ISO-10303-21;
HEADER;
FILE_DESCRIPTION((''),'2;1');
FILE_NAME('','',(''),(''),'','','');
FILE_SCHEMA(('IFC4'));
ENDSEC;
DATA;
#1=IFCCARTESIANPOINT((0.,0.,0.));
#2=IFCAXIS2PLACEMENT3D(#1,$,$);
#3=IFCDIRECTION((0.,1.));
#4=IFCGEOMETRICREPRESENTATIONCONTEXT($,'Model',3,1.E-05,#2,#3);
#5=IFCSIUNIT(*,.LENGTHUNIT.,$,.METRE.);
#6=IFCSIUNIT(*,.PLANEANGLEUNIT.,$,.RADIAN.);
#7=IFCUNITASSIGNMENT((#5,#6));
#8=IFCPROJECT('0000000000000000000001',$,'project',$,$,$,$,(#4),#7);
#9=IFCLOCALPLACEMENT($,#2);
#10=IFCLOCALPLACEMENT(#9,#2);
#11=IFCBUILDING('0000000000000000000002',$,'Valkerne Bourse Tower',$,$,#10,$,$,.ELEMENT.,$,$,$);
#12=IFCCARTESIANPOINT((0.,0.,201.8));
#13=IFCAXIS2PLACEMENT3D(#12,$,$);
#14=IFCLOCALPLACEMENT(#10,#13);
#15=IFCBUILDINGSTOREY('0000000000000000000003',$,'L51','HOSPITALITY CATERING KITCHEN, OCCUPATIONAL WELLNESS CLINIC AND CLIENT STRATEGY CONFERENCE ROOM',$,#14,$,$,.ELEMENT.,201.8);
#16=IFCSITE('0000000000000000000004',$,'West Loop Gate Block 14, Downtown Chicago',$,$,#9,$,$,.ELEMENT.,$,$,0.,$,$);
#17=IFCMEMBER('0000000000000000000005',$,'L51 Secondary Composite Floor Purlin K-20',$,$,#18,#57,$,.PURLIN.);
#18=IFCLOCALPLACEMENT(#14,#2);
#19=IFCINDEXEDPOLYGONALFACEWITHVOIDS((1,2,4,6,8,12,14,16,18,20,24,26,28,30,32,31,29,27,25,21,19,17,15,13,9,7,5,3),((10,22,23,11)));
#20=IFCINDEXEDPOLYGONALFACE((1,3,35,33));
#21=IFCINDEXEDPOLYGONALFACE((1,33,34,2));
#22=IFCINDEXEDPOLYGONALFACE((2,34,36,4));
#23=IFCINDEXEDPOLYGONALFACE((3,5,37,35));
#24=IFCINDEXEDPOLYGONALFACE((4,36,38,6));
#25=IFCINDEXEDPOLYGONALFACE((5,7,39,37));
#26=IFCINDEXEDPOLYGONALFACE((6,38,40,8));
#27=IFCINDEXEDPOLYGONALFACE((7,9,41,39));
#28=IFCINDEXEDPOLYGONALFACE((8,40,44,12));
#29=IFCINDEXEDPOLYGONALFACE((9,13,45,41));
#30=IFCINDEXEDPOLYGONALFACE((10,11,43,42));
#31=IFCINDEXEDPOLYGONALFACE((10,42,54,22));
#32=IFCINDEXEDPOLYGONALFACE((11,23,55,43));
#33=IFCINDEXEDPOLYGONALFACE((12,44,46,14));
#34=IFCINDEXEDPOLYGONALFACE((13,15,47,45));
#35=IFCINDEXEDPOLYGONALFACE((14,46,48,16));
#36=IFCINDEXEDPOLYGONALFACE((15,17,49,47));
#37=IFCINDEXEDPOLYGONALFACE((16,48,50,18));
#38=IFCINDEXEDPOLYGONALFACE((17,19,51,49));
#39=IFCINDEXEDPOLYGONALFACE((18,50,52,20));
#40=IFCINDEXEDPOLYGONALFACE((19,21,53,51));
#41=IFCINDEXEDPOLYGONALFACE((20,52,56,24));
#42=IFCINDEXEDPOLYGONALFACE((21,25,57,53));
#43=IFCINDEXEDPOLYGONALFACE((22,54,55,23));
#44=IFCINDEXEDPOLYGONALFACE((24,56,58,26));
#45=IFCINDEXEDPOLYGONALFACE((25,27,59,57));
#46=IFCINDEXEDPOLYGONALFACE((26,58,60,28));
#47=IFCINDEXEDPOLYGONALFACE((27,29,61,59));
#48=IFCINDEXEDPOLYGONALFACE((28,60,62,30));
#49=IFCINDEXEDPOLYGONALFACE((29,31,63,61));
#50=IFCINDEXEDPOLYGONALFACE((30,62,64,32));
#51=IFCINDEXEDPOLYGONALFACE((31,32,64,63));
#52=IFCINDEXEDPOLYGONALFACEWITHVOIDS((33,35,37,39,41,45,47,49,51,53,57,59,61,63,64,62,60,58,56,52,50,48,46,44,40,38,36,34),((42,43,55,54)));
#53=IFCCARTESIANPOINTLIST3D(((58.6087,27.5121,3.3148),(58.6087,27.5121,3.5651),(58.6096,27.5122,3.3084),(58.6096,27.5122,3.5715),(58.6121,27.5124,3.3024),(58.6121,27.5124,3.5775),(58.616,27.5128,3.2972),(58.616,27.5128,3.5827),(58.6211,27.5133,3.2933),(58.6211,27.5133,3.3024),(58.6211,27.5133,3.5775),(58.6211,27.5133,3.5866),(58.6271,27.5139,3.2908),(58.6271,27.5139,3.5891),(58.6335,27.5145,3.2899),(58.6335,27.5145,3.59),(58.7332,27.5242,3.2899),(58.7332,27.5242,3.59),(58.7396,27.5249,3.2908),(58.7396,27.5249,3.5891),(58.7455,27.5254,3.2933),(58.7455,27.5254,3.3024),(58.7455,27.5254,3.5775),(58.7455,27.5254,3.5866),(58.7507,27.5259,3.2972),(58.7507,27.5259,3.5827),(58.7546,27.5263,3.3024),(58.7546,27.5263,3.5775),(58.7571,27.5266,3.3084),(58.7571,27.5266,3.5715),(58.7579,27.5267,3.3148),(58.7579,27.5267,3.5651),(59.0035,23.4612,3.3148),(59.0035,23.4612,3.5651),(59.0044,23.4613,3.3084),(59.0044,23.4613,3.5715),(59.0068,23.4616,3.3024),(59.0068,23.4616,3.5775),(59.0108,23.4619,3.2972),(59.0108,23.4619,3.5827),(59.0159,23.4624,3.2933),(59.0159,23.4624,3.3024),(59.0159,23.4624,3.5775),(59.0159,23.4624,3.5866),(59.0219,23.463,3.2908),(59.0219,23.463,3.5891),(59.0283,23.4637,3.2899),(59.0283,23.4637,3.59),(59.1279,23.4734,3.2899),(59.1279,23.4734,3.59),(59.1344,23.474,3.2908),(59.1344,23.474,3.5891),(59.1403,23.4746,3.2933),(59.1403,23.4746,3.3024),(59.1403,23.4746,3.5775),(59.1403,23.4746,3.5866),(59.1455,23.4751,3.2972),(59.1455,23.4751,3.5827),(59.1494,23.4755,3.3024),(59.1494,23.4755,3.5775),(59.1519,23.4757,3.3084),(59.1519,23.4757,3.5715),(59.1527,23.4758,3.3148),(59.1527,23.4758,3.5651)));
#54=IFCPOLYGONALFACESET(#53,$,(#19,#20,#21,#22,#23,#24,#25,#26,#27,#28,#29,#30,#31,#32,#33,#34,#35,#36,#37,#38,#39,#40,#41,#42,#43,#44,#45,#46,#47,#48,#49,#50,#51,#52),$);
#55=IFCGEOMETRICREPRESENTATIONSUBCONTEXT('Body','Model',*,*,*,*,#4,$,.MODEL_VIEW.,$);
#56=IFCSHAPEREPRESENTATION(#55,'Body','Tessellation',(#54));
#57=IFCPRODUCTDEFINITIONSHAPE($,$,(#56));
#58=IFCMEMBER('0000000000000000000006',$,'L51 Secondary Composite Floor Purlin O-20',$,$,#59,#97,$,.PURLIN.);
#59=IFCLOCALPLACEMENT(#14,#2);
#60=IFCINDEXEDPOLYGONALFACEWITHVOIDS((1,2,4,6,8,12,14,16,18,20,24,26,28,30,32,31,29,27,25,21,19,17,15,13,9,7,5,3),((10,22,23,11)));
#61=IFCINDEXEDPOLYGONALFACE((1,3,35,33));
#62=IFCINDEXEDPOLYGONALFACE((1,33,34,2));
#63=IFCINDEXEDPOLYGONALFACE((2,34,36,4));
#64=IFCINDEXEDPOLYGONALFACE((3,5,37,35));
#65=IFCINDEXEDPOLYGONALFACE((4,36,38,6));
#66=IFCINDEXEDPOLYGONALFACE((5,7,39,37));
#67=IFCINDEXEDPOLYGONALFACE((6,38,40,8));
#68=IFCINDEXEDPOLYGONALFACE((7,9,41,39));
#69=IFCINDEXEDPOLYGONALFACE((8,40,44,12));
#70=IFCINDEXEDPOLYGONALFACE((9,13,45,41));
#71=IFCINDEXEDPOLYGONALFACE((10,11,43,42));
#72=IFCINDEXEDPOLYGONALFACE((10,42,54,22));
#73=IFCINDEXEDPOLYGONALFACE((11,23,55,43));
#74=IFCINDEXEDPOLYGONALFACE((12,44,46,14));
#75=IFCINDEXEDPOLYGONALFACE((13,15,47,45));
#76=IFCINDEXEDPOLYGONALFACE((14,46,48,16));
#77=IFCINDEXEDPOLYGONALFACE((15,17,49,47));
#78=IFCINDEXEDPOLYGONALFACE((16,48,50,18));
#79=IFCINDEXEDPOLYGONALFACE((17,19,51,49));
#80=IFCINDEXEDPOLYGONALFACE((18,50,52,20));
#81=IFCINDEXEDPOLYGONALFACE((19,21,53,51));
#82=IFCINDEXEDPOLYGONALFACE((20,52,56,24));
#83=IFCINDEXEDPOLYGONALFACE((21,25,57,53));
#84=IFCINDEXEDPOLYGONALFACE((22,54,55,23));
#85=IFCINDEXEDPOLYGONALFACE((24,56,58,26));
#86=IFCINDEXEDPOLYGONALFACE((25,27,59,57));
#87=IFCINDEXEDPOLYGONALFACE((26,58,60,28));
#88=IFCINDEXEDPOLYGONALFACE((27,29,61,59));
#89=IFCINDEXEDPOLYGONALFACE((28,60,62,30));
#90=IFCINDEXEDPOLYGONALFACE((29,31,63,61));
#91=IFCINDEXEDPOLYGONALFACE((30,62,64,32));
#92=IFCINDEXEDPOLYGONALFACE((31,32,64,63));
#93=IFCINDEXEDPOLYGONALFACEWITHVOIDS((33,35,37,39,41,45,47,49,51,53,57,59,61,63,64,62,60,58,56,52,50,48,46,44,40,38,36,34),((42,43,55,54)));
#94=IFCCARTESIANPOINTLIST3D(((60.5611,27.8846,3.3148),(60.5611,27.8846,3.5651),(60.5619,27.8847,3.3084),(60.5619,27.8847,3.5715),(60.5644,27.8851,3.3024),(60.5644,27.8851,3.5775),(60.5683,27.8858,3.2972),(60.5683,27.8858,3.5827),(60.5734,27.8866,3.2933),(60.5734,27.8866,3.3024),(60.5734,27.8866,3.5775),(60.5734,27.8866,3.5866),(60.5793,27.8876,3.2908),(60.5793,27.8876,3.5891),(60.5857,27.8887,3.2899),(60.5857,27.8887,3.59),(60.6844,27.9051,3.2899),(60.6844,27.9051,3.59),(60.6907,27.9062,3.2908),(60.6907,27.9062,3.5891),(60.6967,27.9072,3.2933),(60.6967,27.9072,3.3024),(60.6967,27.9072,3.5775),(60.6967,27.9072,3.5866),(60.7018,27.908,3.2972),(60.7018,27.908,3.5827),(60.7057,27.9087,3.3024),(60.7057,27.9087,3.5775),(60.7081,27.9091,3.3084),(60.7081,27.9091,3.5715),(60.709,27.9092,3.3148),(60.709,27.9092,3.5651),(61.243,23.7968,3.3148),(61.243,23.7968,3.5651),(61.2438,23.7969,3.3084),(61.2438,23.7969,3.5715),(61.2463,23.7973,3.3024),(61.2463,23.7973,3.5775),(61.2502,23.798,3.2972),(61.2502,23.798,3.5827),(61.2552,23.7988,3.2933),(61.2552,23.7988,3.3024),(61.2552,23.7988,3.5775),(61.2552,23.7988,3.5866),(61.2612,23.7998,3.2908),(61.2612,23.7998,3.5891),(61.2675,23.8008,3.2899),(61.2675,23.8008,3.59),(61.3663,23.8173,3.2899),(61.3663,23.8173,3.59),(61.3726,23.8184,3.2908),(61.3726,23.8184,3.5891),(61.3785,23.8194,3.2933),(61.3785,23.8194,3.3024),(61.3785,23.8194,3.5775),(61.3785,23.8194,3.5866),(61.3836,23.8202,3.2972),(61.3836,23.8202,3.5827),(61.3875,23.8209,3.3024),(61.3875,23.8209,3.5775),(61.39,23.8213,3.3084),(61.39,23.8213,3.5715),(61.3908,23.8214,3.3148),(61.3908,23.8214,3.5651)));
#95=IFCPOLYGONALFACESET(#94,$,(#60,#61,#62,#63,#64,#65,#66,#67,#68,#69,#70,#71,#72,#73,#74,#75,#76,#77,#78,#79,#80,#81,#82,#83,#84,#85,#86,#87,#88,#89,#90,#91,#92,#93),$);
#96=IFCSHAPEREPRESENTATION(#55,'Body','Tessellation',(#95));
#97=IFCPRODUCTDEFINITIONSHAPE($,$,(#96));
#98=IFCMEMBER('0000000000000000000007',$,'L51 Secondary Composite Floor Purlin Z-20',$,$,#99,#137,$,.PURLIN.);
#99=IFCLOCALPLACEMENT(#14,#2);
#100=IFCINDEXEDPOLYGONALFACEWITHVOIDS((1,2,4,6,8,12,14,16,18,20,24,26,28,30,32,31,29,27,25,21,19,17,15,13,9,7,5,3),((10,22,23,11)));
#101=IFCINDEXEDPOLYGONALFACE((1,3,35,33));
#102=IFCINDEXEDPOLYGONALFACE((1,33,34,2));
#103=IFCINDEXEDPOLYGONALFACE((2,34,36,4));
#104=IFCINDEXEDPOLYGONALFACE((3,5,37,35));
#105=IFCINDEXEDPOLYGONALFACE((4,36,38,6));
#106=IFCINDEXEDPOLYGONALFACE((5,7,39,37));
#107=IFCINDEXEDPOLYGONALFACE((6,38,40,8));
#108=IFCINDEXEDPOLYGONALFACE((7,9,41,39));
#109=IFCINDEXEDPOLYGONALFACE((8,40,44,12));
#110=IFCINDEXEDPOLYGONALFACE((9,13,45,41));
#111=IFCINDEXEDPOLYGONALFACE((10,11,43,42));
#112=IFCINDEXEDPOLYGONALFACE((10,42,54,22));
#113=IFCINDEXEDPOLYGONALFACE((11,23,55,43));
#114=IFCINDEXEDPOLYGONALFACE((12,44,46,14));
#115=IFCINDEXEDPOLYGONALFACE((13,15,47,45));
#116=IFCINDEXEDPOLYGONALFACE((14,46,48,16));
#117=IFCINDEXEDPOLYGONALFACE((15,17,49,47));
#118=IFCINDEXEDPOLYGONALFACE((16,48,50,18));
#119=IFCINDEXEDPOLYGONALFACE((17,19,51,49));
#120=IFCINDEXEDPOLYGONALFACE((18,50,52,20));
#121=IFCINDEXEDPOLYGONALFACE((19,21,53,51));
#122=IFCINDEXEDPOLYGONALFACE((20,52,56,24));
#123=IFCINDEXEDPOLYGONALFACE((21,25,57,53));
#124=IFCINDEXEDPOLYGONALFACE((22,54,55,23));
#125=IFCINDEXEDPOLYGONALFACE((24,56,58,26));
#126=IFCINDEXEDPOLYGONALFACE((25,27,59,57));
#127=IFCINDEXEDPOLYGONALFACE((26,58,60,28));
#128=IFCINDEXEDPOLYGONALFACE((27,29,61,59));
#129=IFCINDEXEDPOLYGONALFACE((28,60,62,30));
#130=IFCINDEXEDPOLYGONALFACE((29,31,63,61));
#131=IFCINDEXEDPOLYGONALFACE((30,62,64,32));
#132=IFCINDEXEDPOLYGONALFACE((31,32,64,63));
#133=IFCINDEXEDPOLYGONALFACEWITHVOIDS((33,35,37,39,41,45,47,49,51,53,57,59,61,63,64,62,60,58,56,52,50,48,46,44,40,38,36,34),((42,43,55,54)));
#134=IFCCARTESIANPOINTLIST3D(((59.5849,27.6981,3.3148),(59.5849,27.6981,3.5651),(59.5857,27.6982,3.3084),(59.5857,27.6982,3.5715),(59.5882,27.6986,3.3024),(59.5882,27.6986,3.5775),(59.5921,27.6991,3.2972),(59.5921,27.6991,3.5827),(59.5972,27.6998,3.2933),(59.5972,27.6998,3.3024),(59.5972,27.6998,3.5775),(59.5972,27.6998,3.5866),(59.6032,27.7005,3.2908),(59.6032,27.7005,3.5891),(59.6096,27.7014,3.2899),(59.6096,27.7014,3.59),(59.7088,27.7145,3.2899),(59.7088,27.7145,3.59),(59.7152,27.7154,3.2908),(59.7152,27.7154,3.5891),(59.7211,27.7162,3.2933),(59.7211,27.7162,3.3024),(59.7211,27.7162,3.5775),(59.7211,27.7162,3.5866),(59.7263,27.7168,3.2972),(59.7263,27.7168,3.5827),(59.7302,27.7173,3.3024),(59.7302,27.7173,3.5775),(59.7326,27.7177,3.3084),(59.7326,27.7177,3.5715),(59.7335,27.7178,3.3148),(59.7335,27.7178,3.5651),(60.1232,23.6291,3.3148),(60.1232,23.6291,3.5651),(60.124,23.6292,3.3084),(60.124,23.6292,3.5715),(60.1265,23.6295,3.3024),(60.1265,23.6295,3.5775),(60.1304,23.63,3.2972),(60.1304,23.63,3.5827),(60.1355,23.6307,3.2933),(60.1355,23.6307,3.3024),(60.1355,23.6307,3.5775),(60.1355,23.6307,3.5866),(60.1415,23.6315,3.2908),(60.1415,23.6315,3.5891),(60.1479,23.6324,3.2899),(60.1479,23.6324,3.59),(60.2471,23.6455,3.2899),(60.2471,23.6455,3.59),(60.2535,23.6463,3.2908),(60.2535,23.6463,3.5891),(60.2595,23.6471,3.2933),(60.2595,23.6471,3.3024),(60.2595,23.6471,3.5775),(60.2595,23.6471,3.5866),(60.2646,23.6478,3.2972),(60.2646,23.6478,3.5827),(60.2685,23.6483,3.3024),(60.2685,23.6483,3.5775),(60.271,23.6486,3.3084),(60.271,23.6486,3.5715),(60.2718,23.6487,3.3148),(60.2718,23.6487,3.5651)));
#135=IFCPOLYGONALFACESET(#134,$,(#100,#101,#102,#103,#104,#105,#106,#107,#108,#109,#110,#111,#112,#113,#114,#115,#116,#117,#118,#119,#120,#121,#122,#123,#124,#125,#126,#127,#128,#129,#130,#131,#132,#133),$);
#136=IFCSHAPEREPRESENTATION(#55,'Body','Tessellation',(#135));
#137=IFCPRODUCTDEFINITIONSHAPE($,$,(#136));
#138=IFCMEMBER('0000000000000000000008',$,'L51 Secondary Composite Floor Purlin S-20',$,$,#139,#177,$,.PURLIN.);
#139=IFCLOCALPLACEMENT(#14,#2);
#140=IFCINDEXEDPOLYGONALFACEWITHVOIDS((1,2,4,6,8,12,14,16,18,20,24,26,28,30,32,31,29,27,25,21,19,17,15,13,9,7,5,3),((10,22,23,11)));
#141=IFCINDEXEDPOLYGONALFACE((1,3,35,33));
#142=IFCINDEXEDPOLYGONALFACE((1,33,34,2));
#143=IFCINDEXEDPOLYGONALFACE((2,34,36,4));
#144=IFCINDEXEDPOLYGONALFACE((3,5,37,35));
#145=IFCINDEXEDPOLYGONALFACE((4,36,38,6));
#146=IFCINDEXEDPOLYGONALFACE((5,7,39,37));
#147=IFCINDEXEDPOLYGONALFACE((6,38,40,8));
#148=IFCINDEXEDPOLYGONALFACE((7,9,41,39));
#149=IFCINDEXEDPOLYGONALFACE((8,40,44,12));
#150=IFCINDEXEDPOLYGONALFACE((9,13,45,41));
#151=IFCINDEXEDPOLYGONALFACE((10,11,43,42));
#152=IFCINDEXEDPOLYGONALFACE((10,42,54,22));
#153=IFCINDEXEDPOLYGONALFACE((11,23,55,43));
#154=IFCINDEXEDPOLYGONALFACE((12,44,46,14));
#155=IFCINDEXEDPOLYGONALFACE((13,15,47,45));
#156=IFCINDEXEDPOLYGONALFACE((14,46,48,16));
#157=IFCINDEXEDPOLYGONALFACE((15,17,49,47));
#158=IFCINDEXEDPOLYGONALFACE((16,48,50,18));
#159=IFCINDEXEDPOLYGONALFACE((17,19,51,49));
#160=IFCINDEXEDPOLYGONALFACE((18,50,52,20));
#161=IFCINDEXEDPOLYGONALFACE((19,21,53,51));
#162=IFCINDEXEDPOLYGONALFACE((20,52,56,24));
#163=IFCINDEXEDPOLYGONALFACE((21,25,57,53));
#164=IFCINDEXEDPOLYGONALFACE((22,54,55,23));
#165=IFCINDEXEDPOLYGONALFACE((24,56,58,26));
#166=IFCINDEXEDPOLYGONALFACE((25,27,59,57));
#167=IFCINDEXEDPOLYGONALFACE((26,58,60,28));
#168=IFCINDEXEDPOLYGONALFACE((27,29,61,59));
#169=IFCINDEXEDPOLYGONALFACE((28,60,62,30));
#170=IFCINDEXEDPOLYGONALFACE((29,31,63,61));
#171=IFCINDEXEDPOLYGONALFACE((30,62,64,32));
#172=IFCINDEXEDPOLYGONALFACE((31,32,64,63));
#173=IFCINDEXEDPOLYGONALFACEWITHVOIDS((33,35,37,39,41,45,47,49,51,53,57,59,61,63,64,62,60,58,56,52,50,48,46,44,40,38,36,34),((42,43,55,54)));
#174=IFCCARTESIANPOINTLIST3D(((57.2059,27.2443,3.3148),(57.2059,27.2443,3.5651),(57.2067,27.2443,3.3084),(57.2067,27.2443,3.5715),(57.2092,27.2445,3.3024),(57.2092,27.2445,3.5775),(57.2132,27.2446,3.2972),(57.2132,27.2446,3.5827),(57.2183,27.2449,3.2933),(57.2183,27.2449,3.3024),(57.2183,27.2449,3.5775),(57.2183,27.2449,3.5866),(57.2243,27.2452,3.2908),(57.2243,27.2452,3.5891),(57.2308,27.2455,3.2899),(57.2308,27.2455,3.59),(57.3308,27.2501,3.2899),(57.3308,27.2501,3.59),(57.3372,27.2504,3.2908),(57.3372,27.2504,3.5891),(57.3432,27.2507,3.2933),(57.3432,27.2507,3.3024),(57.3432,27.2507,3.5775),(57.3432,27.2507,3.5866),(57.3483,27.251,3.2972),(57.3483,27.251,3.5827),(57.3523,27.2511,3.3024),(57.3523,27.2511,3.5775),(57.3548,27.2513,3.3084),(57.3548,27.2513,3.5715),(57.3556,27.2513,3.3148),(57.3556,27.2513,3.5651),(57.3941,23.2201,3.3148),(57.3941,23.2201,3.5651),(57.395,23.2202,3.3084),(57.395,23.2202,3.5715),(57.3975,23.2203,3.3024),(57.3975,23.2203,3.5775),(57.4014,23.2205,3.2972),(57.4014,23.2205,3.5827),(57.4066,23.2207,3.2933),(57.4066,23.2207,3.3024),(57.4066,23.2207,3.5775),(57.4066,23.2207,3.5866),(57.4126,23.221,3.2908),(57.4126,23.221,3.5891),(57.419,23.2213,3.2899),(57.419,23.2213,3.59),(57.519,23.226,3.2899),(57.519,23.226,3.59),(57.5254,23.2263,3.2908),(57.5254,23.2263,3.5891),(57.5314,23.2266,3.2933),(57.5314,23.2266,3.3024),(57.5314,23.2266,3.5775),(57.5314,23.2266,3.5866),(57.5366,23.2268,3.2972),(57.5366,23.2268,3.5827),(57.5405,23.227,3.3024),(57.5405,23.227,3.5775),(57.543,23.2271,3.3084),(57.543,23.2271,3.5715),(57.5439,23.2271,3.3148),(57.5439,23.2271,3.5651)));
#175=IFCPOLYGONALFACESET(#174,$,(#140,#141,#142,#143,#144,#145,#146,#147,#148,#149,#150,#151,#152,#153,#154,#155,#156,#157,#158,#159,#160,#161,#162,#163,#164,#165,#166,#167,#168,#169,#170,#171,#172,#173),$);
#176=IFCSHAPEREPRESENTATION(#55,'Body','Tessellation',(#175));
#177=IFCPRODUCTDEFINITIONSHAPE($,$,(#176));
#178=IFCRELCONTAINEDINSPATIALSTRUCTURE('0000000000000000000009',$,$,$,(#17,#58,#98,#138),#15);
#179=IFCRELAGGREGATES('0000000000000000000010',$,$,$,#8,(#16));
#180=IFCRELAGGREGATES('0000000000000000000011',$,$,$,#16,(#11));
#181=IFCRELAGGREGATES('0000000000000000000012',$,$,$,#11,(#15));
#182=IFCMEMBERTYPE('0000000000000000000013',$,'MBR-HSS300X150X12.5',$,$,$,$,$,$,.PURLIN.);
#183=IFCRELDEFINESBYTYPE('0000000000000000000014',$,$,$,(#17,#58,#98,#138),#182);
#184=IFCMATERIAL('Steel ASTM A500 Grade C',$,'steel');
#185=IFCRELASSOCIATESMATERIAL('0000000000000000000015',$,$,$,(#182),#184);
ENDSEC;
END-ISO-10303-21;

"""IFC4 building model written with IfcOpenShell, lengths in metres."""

from ifc_helpers import new_model, si_unit, direction, frame, origin, origin_2d, place, context, subcontext, project, spatial, hollow_rectangle, extrude, material, material_profile, profile_set, type_object, element, save


model = new_model("IFC4")

# Units and contexts
model_context = context("Model", 3, precision=1e-05, world=origin(), true_north=direction((0.0, 1.0)))
body_context = subcontext(model_context, "Body", "Model", "MODEL_VIEW")
ifc_project = project(units=[si_unit("LENGTHUNIT", "METRE"), si_unit("PLANEANGLEUNIT", "RADIAN")], contexts=[model_context])

# Site, building, storey
site_placement = place(None, origin())
site = spatial("IfcSite", under=ifc_project, at=site_placement, Name="West Loop Gate Block 14, Downtown Chicago", CompositionType="ELEMENT", RefElevation=0.0)
building_placement = place(site_placement, origin())
building = spatial("IfcBuilding", under=site, at=building_placement, Name="Valkerne Bourse Tower", CompositionType="ELEMENT")
storey_placement = place(building_placement, frame((0.0, 0.0, 201.8)))
storey = spatial("IfcBuildingStorey", under=building, at=storey_placement, Name="L51", Description="HOSPITALITY CATERING KITCHEN, OCCUPATIONAL WELLNESS CLINIC AND CLIENT STRATEGY CONFERENCE ROOM", CompositionType="ELEMENT", Elevation=201.8)

# Members
ifc_material_1 = material(Name="Steel ASTM A500 Grade C", Category="steel")
ifc_material_profile_1 = material_profile(ifc_material_1, hollow_rectangle(XDim=0.1499, YDim=0.3, WallThickness=0.0125, OuterFilletRadius=0.0249, at=origin_2d()), Name="HSS300X150X12.5")
ifc_profile_set_1 = profile_set([ifc_material_profile_1], Name="Steel ASTM A500 Grade C")
member_type_1 = type_object("IfcMemberType", Name="MBR-HSS300X150X12.5", PredefinedType="PURLIN", material=ifc_profile_set_1)
member_1_placement = place(storey_placement, frame((59.0781, 23.4685, 3.4399), z_axis=(-0.096997, 0.995285, 0.0), x_axis=(-0.995285, -0.096997, 0.0)))
element("IfcMember", 1, at=member_1_placement, inside=storey, type_object=member_type_1, Name="L51 Secondary Composite Floor Purlin K-20", PredefinedType="PURLIN", context=body_context, shape_type="SweptSolid", body=[
    extrude(hollow_rectangle(XDim=0.1499, YDim=0.3, WallThickness=0.0125, OuterFilletRadius=0.0249, at=origin_2d()), origin(), (0.0, 0.0, 1.0), 4.0701),
])
member_2_placement = place(storey_placement, frame((61.3169, 23.8091, 3.4399), z_axis=(-0.164533, 0.986372, 0.0), x_axis=(-0.986372, -0.164533, 0.0)))
element("IfcMember", 2, at=member_2_placement, inside=storey, type_object=member_type_1, Name="L51 Secondary Composite Floor Purlin O-20", PredefinedType="PURLIN", context=body_context, shape_type="SweptSolid", body=[
    extrude(hollow_rectangle(XDim=0.1499, YDim=0.3, WallThickness=0.0125, OuterFilletRadius=0.0249, at=origin_2d()), origin(), (0.0, 0.0, 1.0), 4.1443),
])
member_3_placement = place(storey_placement, frame((60.1975, 23.6389, 3.4399), z_axis=(-0.131155, 0.991362, 0.0), x_axis=(-0.991362, -0.131155, 0.0)))
element("IfcMember", 3, at=member_3_placement, inside=storey, type_object=member_type_1, Name="L51 Secondary Composite Floor Purlin Z-20", PredefinedType="PURLIN", context=body_context, shape_type="SweptSolid", body=[
    extrude(hollow_rectangle(XDim=0.1499, YDim=0.3, WallThickness=0.0125, OuterFilletRadius=0.0249, at=origin_2d()), origin(), (0.0, 0.0, 1.0), 4.1045),
])
member_4_placement = place(storey_placement, frame((57.469, 23.2236, 3.4399), z_axis=(-0.046724, 0.998908, 0.0), x_axis=(-0.998908, -0.046724, 0.0)))
element("IfcMember", 4, at=member_4_placement, inside=storey, type_object=member_type_1, Name="L51 Secondary Composite Floor Purlin S-20", PredefinedType="PURLIN", context=body_context, shape_type="SweptSolid", body=[
    extrude(hollow_rectangle(XDim=0.1499, YDim=0.3, WallThickness=0.0125, OuterFilletRadius=0.0249, at=origin_2d()), origin(), (0.0, 0.0, 1.0), 4.0286),
])

save(model, "model.ifc")
